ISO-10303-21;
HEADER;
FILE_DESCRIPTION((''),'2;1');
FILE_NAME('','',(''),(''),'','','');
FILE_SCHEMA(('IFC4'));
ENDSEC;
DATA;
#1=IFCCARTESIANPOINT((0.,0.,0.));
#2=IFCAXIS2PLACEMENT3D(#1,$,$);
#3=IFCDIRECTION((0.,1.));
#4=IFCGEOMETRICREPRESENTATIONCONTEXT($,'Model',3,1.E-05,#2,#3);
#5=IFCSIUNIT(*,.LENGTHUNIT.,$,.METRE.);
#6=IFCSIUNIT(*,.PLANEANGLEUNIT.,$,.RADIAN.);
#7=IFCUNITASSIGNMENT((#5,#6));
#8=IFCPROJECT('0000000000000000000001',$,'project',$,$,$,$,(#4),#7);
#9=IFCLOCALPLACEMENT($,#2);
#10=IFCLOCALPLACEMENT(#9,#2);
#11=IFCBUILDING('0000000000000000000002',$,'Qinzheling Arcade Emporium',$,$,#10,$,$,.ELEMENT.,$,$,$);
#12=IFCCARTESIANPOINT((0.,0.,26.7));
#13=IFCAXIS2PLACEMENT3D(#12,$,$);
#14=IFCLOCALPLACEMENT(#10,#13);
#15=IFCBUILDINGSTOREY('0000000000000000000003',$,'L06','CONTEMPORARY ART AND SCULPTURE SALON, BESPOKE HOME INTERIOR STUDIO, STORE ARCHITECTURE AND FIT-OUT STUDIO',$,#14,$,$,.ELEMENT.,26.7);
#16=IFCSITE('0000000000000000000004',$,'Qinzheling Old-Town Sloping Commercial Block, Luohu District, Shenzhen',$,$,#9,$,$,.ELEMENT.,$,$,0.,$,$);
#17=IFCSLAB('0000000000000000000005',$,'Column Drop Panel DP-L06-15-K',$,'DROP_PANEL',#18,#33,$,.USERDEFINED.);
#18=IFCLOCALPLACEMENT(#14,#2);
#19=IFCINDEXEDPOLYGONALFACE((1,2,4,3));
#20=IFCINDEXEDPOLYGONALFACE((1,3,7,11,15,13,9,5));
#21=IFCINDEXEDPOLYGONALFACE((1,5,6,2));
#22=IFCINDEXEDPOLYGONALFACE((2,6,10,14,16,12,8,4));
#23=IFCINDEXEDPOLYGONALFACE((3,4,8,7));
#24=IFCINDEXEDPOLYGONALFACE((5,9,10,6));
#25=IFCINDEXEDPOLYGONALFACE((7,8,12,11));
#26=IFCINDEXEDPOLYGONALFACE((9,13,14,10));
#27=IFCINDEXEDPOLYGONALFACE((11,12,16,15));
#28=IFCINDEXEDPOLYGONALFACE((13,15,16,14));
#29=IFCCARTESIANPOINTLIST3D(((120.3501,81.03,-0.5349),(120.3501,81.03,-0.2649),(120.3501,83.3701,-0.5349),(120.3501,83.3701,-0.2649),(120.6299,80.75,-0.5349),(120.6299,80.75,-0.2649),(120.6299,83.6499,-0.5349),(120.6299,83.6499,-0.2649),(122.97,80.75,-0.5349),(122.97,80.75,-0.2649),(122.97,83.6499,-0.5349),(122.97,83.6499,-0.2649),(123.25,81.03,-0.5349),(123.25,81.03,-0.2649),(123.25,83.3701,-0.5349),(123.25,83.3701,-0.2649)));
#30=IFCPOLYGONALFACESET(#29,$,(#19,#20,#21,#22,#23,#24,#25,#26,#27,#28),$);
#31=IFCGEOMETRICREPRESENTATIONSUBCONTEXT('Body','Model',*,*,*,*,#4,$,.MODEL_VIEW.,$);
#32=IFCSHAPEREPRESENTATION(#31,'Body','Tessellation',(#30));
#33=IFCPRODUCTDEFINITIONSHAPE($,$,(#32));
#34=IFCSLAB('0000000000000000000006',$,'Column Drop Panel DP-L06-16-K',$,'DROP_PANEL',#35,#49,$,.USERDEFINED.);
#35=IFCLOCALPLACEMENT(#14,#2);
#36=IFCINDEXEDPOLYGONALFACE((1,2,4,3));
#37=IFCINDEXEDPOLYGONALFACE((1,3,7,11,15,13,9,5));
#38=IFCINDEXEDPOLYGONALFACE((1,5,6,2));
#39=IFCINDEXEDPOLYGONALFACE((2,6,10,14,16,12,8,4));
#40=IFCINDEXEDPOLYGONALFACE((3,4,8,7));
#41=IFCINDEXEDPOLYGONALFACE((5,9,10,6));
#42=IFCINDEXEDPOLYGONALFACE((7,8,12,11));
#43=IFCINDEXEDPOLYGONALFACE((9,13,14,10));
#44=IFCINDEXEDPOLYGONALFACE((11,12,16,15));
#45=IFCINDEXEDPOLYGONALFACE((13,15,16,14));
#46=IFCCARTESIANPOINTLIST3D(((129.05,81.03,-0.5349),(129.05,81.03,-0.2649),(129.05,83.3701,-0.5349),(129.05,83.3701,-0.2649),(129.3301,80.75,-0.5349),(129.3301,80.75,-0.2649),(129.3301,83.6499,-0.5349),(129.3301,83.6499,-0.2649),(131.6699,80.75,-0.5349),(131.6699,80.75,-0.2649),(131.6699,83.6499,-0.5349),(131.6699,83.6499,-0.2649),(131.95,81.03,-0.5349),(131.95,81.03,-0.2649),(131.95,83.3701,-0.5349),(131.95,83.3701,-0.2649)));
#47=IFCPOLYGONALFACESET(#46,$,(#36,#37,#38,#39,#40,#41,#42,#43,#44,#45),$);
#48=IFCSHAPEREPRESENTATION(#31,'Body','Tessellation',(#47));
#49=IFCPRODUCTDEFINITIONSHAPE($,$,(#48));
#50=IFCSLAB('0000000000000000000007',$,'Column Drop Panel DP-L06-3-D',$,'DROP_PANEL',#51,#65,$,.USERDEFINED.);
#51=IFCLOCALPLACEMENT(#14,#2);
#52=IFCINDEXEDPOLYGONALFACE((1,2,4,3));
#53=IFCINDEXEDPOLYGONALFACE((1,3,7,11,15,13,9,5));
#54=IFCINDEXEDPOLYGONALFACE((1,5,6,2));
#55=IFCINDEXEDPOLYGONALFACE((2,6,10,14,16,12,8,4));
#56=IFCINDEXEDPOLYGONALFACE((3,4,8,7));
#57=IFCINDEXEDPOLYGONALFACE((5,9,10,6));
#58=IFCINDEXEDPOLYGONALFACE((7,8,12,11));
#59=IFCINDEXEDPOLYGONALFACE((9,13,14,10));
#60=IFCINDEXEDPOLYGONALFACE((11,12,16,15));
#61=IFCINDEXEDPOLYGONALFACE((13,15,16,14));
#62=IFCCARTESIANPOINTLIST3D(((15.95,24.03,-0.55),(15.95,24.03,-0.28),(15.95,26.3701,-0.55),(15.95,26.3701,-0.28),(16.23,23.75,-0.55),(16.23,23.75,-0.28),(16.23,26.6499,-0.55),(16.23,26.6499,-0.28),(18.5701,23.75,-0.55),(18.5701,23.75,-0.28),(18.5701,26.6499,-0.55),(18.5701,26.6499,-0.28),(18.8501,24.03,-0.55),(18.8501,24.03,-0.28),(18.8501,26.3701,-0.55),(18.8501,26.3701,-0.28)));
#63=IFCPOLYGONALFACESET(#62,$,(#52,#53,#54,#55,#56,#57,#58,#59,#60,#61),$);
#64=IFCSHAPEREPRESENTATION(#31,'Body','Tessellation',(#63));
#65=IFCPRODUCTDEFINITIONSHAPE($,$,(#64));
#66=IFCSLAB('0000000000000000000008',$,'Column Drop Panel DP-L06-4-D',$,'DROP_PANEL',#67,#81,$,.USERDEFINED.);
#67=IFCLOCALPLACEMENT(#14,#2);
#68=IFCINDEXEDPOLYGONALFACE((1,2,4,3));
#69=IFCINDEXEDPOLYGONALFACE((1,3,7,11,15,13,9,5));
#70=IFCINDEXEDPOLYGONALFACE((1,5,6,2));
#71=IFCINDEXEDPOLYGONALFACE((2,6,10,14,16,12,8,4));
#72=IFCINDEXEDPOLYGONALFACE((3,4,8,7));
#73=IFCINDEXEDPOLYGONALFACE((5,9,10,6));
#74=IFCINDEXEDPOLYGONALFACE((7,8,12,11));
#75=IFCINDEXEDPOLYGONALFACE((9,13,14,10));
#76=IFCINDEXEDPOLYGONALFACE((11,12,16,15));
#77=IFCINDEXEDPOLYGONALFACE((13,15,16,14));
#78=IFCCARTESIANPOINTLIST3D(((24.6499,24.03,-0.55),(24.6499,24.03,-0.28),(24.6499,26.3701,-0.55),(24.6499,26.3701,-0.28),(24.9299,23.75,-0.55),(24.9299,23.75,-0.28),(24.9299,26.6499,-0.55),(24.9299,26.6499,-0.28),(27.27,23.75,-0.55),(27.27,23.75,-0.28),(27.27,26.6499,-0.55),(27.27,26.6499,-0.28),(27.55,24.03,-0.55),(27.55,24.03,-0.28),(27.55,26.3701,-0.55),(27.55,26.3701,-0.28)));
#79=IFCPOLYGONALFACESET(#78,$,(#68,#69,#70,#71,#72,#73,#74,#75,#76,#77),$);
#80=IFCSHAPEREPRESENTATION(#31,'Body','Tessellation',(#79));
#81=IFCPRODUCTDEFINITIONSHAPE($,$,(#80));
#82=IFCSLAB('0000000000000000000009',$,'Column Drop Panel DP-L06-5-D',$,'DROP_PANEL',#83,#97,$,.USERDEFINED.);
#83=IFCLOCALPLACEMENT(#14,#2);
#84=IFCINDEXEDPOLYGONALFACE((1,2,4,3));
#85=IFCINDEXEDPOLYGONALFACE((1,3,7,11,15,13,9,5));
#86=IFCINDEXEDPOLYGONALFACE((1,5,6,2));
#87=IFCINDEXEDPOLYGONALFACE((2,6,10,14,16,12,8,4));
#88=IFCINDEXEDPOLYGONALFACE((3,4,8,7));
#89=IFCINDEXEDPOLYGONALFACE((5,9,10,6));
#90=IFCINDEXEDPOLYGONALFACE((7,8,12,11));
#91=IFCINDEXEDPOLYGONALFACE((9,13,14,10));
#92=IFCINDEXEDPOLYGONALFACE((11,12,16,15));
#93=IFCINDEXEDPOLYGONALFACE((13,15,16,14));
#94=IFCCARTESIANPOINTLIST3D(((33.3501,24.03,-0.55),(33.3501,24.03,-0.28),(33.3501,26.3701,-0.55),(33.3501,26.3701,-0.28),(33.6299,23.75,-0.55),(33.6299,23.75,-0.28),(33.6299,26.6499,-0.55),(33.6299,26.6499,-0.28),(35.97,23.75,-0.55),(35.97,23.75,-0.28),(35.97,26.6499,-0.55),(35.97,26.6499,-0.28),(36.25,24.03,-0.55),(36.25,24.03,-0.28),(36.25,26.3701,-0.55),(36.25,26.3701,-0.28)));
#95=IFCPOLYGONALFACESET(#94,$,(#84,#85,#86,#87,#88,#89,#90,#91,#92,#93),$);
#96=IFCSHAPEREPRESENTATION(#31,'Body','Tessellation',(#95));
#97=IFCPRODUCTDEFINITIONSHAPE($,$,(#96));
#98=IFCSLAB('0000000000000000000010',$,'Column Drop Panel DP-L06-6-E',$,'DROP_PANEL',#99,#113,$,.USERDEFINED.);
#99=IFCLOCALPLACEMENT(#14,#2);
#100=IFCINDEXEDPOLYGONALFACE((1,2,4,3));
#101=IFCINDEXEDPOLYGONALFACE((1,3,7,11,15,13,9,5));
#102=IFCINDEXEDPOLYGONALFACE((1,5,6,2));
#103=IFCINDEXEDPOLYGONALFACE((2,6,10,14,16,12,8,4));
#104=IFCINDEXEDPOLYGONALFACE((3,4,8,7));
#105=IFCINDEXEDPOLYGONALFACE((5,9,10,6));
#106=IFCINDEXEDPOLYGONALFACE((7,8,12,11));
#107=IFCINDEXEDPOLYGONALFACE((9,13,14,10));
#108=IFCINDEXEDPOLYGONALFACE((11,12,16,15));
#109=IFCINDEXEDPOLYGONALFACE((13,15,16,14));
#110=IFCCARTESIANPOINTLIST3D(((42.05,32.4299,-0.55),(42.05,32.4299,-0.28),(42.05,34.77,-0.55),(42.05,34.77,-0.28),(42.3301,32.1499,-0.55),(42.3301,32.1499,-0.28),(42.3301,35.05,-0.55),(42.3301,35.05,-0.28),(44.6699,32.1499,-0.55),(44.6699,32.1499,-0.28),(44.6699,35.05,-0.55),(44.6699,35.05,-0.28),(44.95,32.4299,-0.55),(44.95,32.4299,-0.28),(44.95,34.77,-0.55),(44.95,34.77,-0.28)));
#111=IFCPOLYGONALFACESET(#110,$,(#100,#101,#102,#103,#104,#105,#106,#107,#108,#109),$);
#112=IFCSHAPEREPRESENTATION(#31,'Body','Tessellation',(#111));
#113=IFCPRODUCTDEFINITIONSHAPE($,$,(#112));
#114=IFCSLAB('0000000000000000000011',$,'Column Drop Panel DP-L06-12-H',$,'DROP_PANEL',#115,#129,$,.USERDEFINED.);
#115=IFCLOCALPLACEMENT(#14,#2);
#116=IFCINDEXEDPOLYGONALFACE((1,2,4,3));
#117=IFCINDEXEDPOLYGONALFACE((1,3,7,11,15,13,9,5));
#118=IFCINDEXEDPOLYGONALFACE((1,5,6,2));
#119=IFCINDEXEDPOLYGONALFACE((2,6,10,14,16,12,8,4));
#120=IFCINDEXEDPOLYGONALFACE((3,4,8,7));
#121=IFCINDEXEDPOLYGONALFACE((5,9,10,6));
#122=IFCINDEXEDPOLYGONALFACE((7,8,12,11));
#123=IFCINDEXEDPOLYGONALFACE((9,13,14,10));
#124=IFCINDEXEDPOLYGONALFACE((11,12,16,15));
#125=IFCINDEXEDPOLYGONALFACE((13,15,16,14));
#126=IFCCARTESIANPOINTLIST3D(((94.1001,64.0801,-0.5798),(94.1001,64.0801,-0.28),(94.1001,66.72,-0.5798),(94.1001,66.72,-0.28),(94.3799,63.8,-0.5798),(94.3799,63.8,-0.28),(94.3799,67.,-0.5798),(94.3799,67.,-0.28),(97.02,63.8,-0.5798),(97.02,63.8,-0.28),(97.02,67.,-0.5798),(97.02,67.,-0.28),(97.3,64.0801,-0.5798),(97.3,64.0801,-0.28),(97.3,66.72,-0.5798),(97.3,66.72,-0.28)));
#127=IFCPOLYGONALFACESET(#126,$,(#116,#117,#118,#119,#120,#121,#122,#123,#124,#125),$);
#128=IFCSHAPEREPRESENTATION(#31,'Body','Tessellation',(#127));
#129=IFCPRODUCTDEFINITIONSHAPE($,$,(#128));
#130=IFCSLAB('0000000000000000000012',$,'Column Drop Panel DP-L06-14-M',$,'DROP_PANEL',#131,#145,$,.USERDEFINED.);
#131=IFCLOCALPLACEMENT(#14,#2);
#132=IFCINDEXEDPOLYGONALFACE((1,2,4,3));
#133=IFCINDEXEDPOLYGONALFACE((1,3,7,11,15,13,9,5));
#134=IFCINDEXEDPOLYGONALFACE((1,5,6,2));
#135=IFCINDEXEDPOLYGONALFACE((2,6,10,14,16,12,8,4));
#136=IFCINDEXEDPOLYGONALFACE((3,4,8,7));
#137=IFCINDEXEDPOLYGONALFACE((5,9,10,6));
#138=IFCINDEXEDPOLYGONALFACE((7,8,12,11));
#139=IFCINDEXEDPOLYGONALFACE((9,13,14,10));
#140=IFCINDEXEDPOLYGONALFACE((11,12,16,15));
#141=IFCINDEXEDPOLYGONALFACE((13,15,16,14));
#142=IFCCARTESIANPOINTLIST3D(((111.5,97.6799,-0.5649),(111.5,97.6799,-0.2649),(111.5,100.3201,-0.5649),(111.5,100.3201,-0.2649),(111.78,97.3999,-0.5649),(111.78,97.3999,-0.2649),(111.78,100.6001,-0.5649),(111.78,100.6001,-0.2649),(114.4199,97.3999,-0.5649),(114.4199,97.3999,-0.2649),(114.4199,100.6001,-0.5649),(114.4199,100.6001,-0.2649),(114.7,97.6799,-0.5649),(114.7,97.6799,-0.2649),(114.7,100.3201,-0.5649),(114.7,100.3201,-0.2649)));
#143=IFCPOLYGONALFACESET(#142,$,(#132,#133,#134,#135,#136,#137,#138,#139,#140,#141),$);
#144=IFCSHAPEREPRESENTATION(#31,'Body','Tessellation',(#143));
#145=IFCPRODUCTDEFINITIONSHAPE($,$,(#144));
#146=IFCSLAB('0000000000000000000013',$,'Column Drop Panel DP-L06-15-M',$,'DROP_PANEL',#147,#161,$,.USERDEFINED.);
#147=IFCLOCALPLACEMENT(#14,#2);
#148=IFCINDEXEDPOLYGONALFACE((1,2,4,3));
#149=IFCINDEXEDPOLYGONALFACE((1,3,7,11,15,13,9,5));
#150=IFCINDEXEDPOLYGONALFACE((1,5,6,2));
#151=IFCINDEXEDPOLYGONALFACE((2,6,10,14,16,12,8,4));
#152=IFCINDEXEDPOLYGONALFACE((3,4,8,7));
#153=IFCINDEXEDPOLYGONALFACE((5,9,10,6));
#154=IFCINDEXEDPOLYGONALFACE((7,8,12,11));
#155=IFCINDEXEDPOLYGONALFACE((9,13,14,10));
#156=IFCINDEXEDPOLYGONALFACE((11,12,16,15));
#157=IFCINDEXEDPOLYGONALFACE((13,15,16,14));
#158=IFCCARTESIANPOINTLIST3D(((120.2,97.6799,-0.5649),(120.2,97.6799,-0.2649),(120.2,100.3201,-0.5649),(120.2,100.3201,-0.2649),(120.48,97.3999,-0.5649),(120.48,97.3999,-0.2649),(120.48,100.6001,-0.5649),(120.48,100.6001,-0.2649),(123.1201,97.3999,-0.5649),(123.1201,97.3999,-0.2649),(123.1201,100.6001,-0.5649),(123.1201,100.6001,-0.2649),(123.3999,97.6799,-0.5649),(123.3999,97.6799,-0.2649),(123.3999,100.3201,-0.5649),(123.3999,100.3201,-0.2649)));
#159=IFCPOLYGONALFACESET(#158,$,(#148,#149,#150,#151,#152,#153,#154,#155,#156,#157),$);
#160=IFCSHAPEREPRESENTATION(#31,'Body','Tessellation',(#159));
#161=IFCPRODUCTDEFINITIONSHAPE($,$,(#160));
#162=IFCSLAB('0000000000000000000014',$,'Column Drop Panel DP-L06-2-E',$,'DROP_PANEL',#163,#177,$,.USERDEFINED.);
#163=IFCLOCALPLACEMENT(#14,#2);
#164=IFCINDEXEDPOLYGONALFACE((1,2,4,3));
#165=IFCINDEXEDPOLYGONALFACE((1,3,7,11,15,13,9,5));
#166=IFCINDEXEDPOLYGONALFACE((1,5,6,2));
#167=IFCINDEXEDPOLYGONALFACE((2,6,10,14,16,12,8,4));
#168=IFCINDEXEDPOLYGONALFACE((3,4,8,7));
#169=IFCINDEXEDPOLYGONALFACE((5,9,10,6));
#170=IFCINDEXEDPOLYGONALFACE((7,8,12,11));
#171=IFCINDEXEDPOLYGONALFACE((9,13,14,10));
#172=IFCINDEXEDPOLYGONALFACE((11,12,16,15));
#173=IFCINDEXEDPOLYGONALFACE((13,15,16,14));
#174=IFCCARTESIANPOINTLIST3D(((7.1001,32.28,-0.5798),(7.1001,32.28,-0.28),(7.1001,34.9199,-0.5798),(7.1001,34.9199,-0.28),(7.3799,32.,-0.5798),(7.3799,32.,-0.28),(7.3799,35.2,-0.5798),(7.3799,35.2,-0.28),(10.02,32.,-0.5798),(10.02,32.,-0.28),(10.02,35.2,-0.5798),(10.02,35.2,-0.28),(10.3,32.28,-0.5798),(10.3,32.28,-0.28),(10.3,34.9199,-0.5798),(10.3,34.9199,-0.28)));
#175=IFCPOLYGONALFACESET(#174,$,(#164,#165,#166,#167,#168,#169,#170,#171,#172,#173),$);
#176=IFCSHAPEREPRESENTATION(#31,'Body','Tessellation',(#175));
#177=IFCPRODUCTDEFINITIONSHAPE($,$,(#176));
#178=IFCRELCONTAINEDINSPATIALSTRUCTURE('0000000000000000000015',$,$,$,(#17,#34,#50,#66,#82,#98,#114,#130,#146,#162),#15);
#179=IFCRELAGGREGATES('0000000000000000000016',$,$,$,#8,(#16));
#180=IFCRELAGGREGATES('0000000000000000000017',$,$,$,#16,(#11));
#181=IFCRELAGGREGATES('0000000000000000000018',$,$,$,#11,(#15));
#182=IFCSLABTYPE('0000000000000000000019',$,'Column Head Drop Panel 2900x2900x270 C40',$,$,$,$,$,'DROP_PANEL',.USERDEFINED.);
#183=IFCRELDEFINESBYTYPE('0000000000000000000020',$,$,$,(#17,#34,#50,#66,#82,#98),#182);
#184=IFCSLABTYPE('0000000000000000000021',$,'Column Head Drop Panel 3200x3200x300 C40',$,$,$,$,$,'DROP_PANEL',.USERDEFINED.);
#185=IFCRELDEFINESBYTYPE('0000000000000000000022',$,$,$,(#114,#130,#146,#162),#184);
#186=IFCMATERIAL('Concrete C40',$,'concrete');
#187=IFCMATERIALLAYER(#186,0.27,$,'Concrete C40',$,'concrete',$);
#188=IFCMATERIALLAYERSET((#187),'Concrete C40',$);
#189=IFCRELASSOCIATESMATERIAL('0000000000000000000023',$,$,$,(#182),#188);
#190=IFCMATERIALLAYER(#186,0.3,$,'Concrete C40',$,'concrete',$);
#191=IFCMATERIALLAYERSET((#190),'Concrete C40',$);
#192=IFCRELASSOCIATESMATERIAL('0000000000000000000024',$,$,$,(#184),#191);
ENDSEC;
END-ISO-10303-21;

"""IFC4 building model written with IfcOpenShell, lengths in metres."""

from ifc_helpers import new_model, si_unit, direction, frame, origin, place, context, subcontext, project, spatial, polyline, outline, extrude, material, layer, layer_set, type_object, element, save


model = new_model("IFC4")

# Units and contexts
model_context = context("Model", 3, precision=1e-05, world=origin(), true_north=direction((0.0, 1.0)))
body_context = subcontext(model_context, "Body", "Model", "MODEL_VIEW")
ifc_project = project(units=[si_unit("LENGTHUNIT", "METRE"), si_unit("PLANEANGLEUNIT", "RADIAN")], contexts=[model_context])

# Site, building, storey
site_placement = place(None, origin())
site = spatial("IfcSite", under=ifc_project, at=site_placement, Name="Qinzheling Old-Town Sloping Commercial Block, Luohu District, Shenzhen", CompositionType="ELEMENT", RefElevation=0.0)
building_placement = place(site_placement, origin())
building = spatial("IfcBuilding", under=site, at=building_placement, Name="Qinzheling Arcade Emporium", CompositionType="ELEMENT")
storey_placement = place(building_placement, frame((0.0, 0.0, 26.7)))
storey = spatial("IfcBuildingStorey", under=building, at=storey_placement, Name="L06", Description="CONTEMPORARY ART AND SCULPTURE SALON, BESPOKE HOME INTERIOR STUDIO, STORE ARCHITECTURE AND FIT-OUT STUDIO", CompositionType="ELEMENT", Elevation=26.7)

# Slabs
ifc_material_1 = material(Name="Concrete C40", Category="concrete")
ifc_layer_1 = layer(ifc_material_1, 0.27, Name="Concrete C40", Category="concrete")
ifc_layer_set_1 = layer_set([ifc_layer_1], Name="Concrete C40")
slab_type_1 = type_object("IfcSlabType", Name="Column Head Drop Panel 2900x2900x270 C40", ElementType="DROP_PANEL", PredefinedType="USERDEFINED", material=ifc_layer_set_1)
slab_1_placement = place(storey_placement, frame((0.0, 0.0, -0.5349)))
element("IfcSlab", 1, at=slab_1_placement, inside=storey, type_object=slab_type_1, Name="Column Drop Panel DP-L06-15-K", ObjectType="DROP_PANEL", PredefinedType="USERDEFINED", context=body_context, shape_type="SweptSolid", body=[
    extrude(outline(polyline([(120.6299, 80.75), (122.97, 80.75), (123.25, 81.03), (123.25, 83.3701), (122.97, 83.6499), (120.6299, 83.6499), (120.3501, 83.3701), (120.3501, 81.03), (120.6299, 80.75)])), origin(), (0.0, 0.0, 1.0), 0.27),
])
slab_2_placement = place(storey_placement, frame((0.0, 0.0, -0.5349)))
element("IfcSlab", 2, at=slab_2_placement, inside=storey, type_object=slab_type_1, Name="Column Drop Panel DP-L06-16-K", ObjectType="DROP_PANEL", PredefinedType="USERDEFINED", context=body_context, shape_type="SweptSolid", body=[
    extrude(outline(polyline([(129.3301, 80.75), (131.6699, 80.75), (131.95, 81.03), (131.95, 83.3701), (131.6699, 83.6499), (129.3301, 83.6499), (129.05, 83.3701), (129.05, 81.03), (129.3301, 80.75)])), origin(), (0.0, 0.0, 1.0), 0.27),
])
slab_3_placement = place(storey_placement, frame((0.0, 0.0, -0.55)))
element("IfcSlab", 3, at=slab_3_placement, inside=storey, type_object=slab_type_1, Name="Column Drop Panel DP-L06-3-D", ObjectType="DROP_PANEL", PredefinedType="USERDEFINED", context=body_context, shape_type="SweptSolid", body=[
    extrude(outline(polyline([(16.23, 23.75), (18.5701, 23.75), (18.8501, 24.03), (18.8501, 26.3701), (18.5701, 26.6499), (16.23, 26.6499), (15.95, 26.3701), (15.95, 24.03), (16.23, 23.75)])), origin(), (0.0, 0.0, 1.0), 0.27),
])
slab_4_placement = place(storey_placement, frame((0.0, 0.0, -0.55)))
element("IfcSlab", 4, at=slab_4_placement, inside=storey, type_object=slab_type_1, Name="Column Drop Panel DP-L06-4-D", ObjectType="DROP_PANEL", PredefinedType="USERDEFINED", context=body_context, shape_type="SweptSolid", body=[
    extrude(outline(polyline([(24.9299, 23.75), (27.27, 23.75), (27.55, 24.03), (27.55, 26.3701), (27.27, 26.6499), (24.9299, 26.6499), (24.6499, 26.3701), (24.6499, 24.03), (24.9299, 23.75)])), origin(), (0.0, 0.0, 1.0), 0.27),
])
slab_5_placement = place(storey_placement, frame((0.0, 0.0, -0.55)))
element("IfcSlab", 5, at=slab_5_placement, inside=storey, type_object=slab_type_1, Name="Column Drop Panel DP-L06-5-D", ObjectType="DROP_PANEL", PredefinedType="USERDEFINED", context=body_context, shape_type="SweptSolid", body=[
    extrude(outline(polyline([(33.6299, 23.75), (35.97, 23.75), (36.25, 24.03), (36.25, 26.3701), (35.97, 26.6499), (33.6299, 26.6499), (33.3501, 26.3701), (33.3501, 24.03), (33.6299, 23.75)])), origin(), (0.0, 0.0, 1.0), 0.27),
])
slab_6_placement = place(storey_placement, frame((0.0, 0.0, -0.55)))
element("IfcSlab", 6, at=slab_6_placement, inside=storey, type_object=slab_type_1, Name="Column Drop Panel DP-L06-6-E", ObjectType="DROP_PANEL", PredefinedType="USERDEFINED", context=body_context, shape_type="SweptSolid", body=[
    extrude(outline(polyline([(42.3301, 32.1499), (44.6699, 32.1499), (44.95, 32.4299), (44.95, 34.77), (44.6699, 35.05), (42.3301, 35.05), (42.05, 34.77), (42.05, 32.4299), (42.3301, 32.1499)])), origin(), (0.0, 0.0, 1.0), 0.27),
])
ifc_layer_2 = layer(ifc_material_1, 0.3, Name="Concrete C40", Category="concrete")
ifc_layer_set_2 = layer_set([ifc_layer_2], Name="Concrete C40")
slab_type_2 = type_object("IfcSlabType", Name="Column Head Drop Panel 3200x3200x300 C40", ElementType="DROP_PANEL", PredefinedType="USERDEFINED", material=ifc_layer_set_2)
slab_7_placement = place(storey_placement, frame((0.0, 0.0, -0.5798)))
element("IfcSlab", 7, at=slab_7_placement, inside=storey, type_object=slab_type_2, Name="Column Drop Panel DP-L06-12-H", ObjectType="DROP_PANEL", PredefinedType="USERDEFINED", context=body_context, shape_type="SweptSolid", body=[
    extrude(outline(polyline([(94.3799, 63.8), (97.02, 63.8), (97.3, 64.0801), (97.3, 66.72), (97.02, 67.0), (94.3799, 67.0), (94.1001, 66.72), (94.1001, 64.0801), (94.3799, 63.8)])), origin(), (0.0, 0.0, 1.0), 0.2998),
])
slab_8_placement = place(storey_placement, frame((0.0, 0.0, -0.5649)))
element("IfcSlab", 8, at=slab_8_placement, inside=storey, type_object=slab_type_2, Name="Column Drop Panel DP-L06-14-M", ObjectType="DROP_PANEL", PredefinedType="USERDEFINED", context=body_context, shape_type="SweptSolid", body=[
    extrude(outline(polyline([(111.78, 97.3999), (114.4199, 97.3999), (114.7, 97.6799), (114.7, 100.3201), (114.4199, 100.6001), (111.78, 100.6001), (111.5, 100.3201), (111.5, 97.6799), (111.78, 97.3999)])), origin(), (0.0, 0.0, 1.0), 0.3),
])
slab_9_placement = place(storey_placement, frame((0.0, 0.0, -0.5649)))
element("IfcSlab", 9, at=slab_9_placement, inside=storey, type_object=slab_type_2, Name="Column Drop Panel DP-L06-15-M", ObjectType="DROP_PANEL", PredefinedType="USERDEFINED", context=body_context, shape_type="SweptSolid", body=[
    extrude(outline(polyline([(120.48, 97.3999), (123.1201, 97.3999), (123.3999, 97.6799), (123.3999, 100.3201), (123.1201, 100.6001), (120.48, 100.6001), (120.2, 100.3201), (120.2, 97.6799), (120.48, 97.3999)])), origin(), (0.0, 0.0, 1.0), 0.3),
])
slab_10_placement = place(storey_placement, frame((0.0, 0.0, -0.5798)))
element("IfcSlab", 10, at=slab_10_placement, inside=storey, type_object=slab_type_2, Name="Column Drop Panel DP-L06-2-E", ObjectType="DROP_PANEL", PredefinedType="USERDEFINED", context=body_context, shape_type="SweptSolid", body=[
    extrude(outline(polyline([(7.3799, 32.0), (10.02, 32.0), (10.3, 32.28), (10.3, 34.9199), (10.02, 35.2), (7.3799, 35.2), (7.1001, 34.9199), (7.1001, 32.28), (7.3799, 32.0)])), origin(), (0.0, 0.0, 1.0), 0.2998),
])

save(model, "model.ifc")
